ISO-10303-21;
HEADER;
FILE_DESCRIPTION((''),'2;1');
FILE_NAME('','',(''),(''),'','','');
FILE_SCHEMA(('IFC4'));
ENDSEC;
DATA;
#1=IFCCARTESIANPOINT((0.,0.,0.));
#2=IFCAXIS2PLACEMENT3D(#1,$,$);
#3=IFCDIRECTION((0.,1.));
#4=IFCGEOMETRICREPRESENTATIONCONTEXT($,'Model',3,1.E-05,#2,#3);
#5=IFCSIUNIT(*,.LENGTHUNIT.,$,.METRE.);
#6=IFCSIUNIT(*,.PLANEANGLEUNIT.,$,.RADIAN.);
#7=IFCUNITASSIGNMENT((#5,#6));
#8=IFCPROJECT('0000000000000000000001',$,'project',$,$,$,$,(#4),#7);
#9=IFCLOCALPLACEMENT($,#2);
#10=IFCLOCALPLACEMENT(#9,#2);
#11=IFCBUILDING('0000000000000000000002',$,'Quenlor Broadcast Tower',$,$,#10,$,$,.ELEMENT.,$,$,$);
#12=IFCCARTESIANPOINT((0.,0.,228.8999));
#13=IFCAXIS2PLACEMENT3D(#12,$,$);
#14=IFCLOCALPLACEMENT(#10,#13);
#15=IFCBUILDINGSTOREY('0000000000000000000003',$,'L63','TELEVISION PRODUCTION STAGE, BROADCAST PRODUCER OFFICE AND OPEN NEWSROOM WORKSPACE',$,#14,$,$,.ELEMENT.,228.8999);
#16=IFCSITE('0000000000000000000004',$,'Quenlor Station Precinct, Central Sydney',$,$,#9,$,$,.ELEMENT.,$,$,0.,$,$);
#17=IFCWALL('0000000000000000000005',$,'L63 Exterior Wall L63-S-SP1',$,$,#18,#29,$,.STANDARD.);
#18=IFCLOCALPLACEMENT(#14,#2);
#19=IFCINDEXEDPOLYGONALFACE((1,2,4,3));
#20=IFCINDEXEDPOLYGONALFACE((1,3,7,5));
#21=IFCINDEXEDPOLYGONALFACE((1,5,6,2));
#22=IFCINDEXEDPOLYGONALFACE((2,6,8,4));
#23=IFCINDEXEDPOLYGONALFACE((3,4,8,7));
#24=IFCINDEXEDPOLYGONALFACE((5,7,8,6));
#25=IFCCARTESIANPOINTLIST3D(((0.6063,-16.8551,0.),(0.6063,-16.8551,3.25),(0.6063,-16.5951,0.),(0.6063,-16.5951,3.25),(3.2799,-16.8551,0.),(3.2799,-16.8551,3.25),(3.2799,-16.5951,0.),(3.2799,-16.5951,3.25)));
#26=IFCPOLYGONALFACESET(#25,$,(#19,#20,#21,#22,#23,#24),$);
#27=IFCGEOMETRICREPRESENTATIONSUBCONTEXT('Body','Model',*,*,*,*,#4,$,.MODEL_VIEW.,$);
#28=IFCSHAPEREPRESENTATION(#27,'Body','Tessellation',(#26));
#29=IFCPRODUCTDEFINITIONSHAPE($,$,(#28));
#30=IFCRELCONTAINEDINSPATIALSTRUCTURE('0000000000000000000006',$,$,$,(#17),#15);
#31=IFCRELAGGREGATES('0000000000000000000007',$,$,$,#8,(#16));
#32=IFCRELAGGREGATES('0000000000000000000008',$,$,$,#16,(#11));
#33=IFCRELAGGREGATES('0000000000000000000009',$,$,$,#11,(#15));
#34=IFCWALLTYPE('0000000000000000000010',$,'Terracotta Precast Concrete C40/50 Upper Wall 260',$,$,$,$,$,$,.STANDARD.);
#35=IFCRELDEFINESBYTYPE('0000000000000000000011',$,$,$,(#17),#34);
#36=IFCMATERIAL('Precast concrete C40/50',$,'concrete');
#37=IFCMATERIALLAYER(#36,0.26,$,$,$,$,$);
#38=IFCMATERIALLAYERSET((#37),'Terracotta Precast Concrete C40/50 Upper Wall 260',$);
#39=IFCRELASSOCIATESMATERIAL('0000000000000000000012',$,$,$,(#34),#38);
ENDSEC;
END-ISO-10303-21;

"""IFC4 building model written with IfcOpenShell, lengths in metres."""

from ifc_helpers import new_model, si_unit, direction, frame, frame_2d, origin, place, context, subcontext, project, spatial, rectangle, extrude, material, layer, layer_set, type_object, element, save


model = new_model("IFC4")

# Units and contexts
model_context = context("Model", 3, precision=1e-05, world=origin(), true_north=direction((0.0, 1.0)))
body_context = subcontext(model_context, "Body", "Model", "MODEL_VIEW")
ifc_project = project(units=[si_unit("LENGTHUNIT", "METRE"), si_unit("PLANEANGLEUNIT", "RADIAN")], contexts=[model_context])

# Site, building, storey
site_placement = place(None, origin())
site = spatial("IfcSite", under=ifc_project, at=site_placement, Name="Quenlor Station Precinct, Central Sydney", CompositionType="ELEMENT", RefElevation=0.0)
building_placement = place(site_placement, origin())
building = spatial("IfcBuilding", under=site, at=building_placement, Name="Quenlor Broadcast Tower", CompositionType="ELEMENT")
storey_placement = place(building_placement, frame((0.0, 0.0, 228.8999)))
storey = spatial("IfcBuildingStorey", under=building, at=storey_placement, Name="L63", Description="TELEVISION PRODUCTION STAGE, BROADCAST PRODUCER OFFICE AND OPEN NEWSROOM WORKSPACE", CompositionType="ELEMENT", Elevation=228.8999)

# Wall
ifc_material_1 = material(Name="Precast concrete C40/50", Category="concrete")
ifc_layer_1 = layer(ifc_material_1, 0.26)
ifc_layer_set_1 = layer_set([ifc_layer_1], Name="Terracotta Precast Concrete C40/50 Upper Wall 260")
wall_type_1 = type_object("IfcWallType", Name="Terracotta Precast Concrete C40/50 Upper Wall 260", PredefinedType="STANDARD", material=ifc_layer_set_1)
wall_1_placement = place(storey_placement, frame((3.28, -16.7251, 0.0), z_axis=(0.0, 0.0, 1.0), x_axis=(-1.0, 0.0, 0.0)))
element("IfcWall", 1, at=wall_1_placement, inside=storey, type_object=wall_type_1, Name="L63 Exterior Wall L63-S-SP1", PredefinedType="STANDARD", context=body_context, shape_type="SweptSolid", body=[
    extrude(rectangle(XDim=2.6736, YDim=0.26, at=frame_2d((1.3369, 0.0))), origin(), (0.0, 0.0, 1.0), 3.25),
])

save(model, "model.ifc")
